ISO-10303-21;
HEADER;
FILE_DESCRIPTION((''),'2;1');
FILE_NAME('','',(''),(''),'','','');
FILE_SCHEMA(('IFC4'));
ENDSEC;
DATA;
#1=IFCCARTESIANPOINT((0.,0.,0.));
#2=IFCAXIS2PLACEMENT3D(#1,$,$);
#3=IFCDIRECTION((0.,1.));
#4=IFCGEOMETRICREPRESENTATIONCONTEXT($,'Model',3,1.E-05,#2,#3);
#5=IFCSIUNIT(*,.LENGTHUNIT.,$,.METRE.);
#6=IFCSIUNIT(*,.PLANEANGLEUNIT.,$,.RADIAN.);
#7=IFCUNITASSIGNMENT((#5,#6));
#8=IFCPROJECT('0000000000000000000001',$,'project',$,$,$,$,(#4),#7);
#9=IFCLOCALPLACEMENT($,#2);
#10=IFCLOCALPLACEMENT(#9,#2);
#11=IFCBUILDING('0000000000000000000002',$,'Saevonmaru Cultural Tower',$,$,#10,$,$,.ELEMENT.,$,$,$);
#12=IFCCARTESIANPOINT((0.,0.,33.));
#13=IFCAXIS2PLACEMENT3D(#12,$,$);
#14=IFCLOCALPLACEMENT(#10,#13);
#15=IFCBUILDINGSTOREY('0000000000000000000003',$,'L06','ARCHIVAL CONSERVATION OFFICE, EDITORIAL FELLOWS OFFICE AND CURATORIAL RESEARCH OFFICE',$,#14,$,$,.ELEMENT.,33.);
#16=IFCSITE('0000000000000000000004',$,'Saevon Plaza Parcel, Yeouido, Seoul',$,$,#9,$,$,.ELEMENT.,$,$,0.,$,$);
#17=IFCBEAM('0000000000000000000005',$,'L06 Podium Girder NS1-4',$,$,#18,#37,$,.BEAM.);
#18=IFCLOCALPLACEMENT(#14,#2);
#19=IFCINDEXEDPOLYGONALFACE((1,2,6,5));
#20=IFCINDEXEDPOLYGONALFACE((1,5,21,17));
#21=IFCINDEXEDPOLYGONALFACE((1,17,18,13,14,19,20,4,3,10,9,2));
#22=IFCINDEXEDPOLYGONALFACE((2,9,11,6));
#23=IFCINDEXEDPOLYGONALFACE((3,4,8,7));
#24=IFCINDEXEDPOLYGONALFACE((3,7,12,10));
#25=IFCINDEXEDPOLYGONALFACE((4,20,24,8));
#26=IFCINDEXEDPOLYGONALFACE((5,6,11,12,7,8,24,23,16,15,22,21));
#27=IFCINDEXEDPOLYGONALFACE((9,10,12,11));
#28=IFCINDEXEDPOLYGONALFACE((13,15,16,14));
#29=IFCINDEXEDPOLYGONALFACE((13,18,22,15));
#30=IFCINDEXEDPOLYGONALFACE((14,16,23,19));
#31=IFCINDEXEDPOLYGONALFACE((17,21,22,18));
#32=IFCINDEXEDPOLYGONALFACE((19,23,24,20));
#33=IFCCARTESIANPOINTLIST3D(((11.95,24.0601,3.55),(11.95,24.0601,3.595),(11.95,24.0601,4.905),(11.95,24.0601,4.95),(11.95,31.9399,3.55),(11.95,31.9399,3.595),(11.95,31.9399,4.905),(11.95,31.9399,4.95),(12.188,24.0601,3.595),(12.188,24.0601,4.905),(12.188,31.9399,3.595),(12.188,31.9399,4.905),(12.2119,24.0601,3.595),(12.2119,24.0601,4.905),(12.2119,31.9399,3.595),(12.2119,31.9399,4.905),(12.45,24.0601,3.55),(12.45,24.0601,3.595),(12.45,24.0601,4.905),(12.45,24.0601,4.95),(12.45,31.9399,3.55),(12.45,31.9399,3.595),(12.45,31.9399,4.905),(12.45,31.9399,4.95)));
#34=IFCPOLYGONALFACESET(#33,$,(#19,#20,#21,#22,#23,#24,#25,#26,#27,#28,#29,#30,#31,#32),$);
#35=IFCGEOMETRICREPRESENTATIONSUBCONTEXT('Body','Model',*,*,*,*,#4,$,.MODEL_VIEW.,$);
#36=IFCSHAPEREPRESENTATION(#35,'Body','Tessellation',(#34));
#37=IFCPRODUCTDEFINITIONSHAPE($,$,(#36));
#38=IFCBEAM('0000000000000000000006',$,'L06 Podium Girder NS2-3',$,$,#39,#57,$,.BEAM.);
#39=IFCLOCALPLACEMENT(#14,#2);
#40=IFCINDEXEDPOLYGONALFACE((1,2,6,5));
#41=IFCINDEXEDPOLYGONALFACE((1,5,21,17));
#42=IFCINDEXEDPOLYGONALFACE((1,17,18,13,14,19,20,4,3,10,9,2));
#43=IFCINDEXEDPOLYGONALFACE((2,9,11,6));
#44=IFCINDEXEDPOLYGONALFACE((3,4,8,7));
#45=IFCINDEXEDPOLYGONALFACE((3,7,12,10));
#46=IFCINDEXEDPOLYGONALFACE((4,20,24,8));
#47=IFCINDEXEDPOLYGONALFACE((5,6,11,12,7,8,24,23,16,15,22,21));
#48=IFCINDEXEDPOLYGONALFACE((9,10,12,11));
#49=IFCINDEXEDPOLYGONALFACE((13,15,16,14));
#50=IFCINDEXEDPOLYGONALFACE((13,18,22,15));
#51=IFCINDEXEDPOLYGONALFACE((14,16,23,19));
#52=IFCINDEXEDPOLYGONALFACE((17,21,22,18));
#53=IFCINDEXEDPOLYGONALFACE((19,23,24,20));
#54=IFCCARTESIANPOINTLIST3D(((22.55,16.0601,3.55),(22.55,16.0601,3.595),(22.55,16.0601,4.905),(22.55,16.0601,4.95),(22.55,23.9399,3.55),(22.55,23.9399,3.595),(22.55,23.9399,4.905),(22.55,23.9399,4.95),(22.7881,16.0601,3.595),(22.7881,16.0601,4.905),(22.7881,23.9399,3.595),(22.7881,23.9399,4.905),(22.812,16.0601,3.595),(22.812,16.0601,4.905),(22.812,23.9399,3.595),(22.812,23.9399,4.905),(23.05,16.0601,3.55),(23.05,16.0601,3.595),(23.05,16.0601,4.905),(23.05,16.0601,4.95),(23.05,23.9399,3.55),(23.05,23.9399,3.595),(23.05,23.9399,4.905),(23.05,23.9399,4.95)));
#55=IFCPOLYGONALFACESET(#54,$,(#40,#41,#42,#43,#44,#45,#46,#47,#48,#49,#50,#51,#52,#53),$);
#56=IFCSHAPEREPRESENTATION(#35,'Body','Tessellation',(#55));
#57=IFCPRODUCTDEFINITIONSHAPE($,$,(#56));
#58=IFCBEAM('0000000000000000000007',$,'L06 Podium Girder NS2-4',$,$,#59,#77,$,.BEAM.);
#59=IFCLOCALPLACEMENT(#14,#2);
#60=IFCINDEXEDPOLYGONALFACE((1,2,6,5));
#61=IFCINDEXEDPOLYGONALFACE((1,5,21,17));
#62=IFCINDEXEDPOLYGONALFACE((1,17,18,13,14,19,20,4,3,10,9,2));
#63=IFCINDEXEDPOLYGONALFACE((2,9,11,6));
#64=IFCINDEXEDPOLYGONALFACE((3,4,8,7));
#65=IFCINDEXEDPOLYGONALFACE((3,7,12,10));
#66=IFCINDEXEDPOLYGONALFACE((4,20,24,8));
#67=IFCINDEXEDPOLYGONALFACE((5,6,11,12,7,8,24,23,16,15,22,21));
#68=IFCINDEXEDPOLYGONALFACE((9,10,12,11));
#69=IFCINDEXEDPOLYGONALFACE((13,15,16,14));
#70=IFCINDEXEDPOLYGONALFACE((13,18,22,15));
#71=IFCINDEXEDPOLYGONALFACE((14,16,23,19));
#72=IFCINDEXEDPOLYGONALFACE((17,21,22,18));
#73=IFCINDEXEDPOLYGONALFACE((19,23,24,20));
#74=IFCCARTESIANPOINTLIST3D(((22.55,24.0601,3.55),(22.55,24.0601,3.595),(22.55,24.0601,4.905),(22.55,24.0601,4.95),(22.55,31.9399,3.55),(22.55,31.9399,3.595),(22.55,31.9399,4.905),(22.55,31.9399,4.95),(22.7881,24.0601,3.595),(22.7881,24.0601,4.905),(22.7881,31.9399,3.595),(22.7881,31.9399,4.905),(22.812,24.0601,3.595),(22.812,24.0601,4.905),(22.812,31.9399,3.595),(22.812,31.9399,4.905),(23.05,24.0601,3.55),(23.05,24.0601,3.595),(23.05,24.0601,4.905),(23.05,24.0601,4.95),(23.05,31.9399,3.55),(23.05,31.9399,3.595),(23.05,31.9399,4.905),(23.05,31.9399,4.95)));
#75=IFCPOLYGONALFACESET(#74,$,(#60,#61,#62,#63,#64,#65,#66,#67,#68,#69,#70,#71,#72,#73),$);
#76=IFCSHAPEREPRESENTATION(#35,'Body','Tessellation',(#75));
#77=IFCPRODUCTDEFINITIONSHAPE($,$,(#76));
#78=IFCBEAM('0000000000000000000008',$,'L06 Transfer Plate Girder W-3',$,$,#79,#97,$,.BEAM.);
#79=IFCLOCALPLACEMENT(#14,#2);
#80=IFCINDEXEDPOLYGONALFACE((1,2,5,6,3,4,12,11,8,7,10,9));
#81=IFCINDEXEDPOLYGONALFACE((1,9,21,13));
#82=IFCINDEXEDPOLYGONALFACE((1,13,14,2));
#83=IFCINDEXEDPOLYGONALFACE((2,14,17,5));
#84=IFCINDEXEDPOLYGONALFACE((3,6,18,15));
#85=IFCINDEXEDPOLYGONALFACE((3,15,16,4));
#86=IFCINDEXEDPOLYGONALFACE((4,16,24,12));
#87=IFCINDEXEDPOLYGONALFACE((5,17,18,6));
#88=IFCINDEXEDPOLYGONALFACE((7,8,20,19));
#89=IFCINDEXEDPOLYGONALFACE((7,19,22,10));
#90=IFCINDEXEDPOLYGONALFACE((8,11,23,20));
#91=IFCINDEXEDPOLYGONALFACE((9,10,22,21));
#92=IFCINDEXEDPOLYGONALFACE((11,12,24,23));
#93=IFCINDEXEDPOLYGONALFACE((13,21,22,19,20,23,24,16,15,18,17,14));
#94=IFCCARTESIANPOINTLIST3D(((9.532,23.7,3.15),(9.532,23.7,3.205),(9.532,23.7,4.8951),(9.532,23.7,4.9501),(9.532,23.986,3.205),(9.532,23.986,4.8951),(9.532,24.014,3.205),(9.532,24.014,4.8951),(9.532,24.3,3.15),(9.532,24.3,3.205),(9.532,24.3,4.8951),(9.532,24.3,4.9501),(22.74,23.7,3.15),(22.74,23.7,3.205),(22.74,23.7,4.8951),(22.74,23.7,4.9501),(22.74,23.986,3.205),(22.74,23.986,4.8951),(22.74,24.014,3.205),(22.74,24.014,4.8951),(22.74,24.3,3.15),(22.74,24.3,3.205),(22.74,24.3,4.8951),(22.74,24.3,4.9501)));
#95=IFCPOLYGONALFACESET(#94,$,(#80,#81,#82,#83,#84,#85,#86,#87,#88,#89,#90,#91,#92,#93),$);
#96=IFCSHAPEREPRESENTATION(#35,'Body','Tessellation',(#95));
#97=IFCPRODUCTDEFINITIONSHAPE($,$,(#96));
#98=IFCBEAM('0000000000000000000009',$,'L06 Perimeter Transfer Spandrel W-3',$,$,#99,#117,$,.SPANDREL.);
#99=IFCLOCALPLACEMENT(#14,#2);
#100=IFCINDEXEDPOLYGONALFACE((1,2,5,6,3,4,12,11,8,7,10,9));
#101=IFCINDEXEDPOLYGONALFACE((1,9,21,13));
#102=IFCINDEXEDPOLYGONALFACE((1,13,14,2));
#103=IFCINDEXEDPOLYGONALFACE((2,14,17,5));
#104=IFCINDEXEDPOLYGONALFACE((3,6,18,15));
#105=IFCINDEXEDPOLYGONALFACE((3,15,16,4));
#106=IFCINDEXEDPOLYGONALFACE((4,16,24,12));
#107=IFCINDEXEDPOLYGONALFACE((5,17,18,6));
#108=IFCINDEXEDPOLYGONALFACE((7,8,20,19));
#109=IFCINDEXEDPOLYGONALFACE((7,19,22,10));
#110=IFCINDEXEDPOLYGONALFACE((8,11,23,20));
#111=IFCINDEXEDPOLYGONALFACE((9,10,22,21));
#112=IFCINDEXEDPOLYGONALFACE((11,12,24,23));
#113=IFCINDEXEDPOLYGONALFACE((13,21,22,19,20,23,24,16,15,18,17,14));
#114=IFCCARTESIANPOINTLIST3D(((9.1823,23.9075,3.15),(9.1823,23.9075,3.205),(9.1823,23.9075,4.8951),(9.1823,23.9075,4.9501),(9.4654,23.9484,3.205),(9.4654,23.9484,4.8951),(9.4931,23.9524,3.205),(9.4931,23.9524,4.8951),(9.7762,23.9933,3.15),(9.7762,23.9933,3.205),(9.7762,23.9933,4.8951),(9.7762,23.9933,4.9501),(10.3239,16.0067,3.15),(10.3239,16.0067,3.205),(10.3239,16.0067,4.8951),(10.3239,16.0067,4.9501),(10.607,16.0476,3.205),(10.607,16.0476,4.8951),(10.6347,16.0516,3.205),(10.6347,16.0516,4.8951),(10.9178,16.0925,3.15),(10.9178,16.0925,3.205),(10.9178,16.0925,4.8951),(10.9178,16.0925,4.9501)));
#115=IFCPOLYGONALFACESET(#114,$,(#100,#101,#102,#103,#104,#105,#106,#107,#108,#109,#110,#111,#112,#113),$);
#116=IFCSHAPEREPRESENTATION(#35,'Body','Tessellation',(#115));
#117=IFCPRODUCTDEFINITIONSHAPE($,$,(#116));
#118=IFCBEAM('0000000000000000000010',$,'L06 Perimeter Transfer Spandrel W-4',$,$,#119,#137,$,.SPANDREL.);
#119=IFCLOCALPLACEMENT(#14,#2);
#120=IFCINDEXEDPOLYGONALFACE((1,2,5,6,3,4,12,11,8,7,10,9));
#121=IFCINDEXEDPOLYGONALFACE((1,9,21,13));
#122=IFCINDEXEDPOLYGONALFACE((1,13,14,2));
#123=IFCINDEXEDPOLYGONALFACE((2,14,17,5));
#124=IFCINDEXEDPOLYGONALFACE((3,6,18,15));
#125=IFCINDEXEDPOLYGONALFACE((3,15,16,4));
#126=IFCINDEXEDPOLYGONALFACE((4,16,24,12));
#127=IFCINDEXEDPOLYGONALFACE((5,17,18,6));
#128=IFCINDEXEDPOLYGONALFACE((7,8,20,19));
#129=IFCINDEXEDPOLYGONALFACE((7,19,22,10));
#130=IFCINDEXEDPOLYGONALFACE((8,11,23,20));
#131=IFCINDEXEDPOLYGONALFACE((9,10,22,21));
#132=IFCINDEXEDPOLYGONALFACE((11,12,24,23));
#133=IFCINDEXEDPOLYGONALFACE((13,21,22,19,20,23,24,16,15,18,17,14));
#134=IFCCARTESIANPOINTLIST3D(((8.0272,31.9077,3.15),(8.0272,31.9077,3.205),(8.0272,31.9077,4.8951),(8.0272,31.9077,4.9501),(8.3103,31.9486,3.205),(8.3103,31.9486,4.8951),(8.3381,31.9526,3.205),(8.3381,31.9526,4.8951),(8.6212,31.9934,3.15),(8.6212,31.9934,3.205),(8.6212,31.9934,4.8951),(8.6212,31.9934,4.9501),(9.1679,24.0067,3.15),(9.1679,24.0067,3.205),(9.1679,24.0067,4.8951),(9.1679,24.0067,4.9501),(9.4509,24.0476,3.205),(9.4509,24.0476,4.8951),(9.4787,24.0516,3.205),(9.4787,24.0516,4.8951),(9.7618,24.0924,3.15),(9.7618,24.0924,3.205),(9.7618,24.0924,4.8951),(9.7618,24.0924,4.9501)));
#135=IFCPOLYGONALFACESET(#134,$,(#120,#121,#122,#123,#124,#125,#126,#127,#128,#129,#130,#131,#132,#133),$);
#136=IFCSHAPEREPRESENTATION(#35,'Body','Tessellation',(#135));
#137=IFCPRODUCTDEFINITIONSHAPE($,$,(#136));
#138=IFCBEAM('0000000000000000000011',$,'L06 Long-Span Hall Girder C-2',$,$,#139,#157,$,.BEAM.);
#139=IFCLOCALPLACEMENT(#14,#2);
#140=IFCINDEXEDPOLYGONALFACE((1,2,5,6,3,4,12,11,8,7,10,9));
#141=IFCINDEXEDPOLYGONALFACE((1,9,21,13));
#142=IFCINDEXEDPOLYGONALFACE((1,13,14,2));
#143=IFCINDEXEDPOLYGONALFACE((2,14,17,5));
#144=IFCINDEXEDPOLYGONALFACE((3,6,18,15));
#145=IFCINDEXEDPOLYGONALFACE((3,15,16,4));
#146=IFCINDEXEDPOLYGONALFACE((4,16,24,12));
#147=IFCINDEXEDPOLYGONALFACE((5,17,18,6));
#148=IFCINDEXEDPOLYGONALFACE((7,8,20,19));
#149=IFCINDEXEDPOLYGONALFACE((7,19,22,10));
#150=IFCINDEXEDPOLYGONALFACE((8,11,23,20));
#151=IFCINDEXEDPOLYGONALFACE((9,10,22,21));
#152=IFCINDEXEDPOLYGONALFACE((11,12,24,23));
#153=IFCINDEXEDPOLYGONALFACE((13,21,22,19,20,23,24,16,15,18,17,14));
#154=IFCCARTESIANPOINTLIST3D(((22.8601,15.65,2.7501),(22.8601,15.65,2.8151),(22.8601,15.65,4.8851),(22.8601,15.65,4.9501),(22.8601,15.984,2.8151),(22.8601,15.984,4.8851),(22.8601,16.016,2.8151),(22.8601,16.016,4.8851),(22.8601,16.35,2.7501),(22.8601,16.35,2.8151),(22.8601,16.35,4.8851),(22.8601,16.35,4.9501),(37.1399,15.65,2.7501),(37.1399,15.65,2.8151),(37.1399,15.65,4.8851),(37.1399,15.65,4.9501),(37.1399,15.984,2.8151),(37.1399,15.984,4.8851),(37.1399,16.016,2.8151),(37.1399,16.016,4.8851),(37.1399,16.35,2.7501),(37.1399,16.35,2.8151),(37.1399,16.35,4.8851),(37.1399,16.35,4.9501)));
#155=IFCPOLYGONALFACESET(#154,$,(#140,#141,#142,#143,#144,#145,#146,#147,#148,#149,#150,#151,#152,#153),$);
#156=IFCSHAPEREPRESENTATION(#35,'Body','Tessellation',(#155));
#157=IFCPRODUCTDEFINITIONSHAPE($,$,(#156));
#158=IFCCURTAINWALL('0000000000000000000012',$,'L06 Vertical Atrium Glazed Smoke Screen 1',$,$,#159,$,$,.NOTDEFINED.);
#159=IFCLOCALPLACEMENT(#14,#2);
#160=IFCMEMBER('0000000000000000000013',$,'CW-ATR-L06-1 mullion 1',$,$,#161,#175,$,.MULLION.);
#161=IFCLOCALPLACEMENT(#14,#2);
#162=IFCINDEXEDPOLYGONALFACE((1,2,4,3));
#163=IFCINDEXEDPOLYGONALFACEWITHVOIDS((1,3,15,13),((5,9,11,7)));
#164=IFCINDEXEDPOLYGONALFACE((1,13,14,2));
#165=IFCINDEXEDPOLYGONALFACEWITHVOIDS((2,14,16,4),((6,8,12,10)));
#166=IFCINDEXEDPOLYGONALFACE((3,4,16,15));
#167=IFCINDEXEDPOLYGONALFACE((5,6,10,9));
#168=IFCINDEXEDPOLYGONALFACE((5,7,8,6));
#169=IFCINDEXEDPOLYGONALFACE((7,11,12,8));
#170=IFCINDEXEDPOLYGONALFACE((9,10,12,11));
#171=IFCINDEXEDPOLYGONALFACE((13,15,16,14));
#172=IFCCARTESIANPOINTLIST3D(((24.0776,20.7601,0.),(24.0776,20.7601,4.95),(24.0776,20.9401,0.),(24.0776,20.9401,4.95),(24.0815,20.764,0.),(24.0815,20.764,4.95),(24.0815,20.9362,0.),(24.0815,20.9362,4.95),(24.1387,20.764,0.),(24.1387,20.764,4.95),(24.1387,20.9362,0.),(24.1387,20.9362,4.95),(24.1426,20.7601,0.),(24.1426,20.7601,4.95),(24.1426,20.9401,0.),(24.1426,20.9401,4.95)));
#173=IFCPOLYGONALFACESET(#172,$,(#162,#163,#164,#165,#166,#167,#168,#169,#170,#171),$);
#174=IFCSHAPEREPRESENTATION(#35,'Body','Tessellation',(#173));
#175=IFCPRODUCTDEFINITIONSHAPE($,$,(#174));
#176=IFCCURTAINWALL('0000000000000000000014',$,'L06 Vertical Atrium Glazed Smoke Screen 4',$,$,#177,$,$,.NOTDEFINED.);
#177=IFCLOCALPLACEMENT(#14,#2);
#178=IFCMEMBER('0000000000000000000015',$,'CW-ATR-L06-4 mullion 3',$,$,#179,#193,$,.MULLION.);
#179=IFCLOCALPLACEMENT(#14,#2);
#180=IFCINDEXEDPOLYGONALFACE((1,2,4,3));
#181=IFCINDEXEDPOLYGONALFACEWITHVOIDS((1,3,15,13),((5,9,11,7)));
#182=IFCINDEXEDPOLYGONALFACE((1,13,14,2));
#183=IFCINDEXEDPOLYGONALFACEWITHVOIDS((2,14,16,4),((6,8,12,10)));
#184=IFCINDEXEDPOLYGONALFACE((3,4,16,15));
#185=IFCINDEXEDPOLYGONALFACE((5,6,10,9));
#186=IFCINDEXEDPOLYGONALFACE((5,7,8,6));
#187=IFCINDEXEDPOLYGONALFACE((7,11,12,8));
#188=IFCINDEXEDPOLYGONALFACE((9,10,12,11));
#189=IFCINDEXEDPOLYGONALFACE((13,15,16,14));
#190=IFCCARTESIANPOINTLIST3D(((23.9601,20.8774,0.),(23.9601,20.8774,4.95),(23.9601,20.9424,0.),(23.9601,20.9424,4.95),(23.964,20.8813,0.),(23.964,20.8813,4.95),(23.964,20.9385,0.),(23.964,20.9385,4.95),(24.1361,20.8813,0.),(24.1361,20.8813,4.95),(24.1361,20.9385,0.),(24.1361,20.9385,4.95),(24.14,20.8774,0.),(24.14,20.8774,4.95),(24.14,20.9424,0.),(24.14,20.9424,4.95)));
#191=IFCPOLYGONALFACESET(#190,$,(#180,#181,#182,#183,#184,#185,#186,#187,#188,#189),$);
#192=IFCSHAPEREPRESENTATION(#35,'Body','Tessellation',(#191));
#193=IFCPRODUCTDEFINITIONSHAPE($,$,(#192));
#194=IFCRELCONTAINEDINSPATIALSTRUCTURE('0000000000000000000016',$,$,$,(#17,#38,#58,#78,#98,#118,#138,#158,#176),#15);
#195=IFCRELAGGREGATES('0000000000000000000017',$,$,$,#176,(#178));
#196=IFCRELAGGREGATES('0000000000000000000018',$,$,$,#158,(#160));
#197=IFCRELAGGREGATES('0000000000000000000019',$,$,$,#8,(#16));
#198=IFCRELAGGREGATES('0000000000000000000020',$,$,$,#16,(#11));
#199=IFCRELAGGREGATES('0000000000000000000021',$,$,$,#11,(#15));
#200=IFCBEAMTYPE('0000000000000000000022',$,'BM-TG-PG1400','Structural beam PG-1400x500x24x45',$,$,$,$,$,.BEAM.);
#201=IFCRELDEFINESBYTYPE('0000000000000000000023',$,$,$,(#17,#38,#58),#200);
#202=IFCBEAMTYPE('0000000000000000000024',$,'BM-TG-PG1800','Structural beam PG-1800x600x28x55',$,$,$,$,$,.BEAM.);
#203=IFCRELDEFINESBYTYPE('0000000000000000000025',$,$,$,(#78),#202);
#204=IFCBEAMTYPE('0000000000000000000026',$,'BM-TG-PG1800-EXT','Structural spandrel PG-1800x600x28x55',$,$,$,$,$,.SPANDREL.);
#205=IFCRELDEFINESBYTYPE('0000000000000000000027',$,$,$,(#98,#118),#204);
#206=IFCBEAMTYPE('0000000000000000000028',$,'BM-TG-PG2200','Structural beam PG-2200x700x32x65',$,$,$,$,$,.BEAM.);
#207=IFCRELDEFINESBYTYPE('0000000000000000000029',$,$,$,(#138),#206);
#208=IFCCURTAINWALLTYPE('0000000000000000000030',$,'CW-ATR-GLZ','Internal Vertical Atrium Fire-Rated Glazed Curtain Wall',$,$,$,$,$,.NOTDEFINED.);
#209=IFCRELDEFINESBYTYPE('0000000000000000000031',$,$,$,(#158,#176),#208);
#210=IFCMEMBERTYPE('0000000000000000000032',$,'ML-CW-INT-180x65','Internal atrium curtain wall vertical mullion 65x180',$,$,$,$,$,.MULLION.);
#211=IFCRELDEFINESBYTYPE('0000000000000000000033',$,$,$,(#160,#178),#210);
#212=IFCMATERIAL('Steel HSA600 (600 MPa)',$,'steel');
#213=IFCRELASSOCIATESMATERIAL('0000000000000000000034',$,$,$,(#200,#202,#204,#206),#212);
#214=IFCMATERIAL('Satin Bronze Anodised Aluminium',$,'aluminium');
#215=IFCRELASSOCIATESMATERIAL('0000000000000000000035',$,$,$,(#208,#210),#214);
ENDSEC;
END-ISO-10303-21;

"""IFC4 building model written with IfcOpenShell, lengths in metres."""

from ifc_helpers import new_model, si_unit, direction, frame, origin, origin_2d, place, context, subcontext, project, spatial, hollow_rectangle, i_section, extrude, material, material_profile, profile_set, type_object, element, aggregate, save


model = new_model("IFC4")

# Units and contexts
model_context = context("Model", 3, precision=1e-05, world=origin(), true_north=direction((0.0, 1.0)))
body_context = subcontext(model_context, "Body", "Model", "MODEL_VIEW")
ifc_project = project(units=[si_unit("LENGTHUNIT", "METRE"), si_unit("PLANEANGLEUNIT", "RADIAN")], contexts=[model_context])

# Site, building, storey
site_placement = place(None, origin())
site = spatial("IfcSite", under=ifc_project, at=site_placement, Name="Saevon Plaza Parcel, Yeouido, Seoul", CompositionType="ELEMENT", RefElevation=0.0)
building_placement = place(site_placement, origin())
building = spatial("IfcBuilding", under=site, at=building_placement, Name="Saevonmaru Cultural Tower", CompositionType="ELEMENT")
storey_placement = place(building_placement, frame((0.0, 0.0, 33.0)))
storey = spatial("IfcBuildingStorey", under=building, at=storey_placement, Name="L06", Description="ARCHIVAL CONSERVATION OFFICE, EDITORIAL FELLOWS OFFICE AND CURATORIAL RESEARCH OFFICE", CompositionType="ELEMENT", Elevation=33.0)

# Shared definitions
ifc_material_1 = material(Name="Steel HSA600 (600 MPa)", Category="steel")

# Beams
ifc_material_profile_1 = material_profile(ifc_material_1, i_section(OverallWidth=0.5, OverallDepth=1.3999, WebThickness=0.0239, FlangeThickness=0.0449, at=origin_2d()), Name="PG-1400x500x24x45")
ifc_profile_set_1 = profile_set([ifc_material_profile_1], Name="Steel HSA600 (600 MPa)")
beam_type_1 = type_object("IfcBeamType", Name="BM-TG-PG1400", Description="Structural beam PG-1400x500x24x45", PredefinedType="BEAM", material=ifc_profile_set_1)
for number, where, z_axis, x_axis, name in (
    (1, (12.2, 24.0601, 4.25), (0.0, 1.0, 0.0), (-1.0, 0.0, 0.0), "L06 Podium Girder NS1-4"),
    (2, (22.8, 16.0601, 4.25), (0.0, 1.0, 0.0), (-1.0, 0.0, 0.0), "L06 Podium Girder NS2-3"),
    (3, (22.8, 24.0601, 4.25), (0.0, 1.0, 0.0), (-1.0, 0.0, 0.0), "L06 Podium Girder NS2-4"),
):
    element("IfcBeam", number, at=place(storey_placement, frame(where, z_axis=z_axis, x_axis=x_axis)), inside=storey, type_object=beam_type_1, Name=name, PredefinedType="BEAM", context=body_context, shape_type="SweptSolid", body=[
        extrude(i_section(OverallWidth=0.5, OverallDepth=1.3999, WebThickness=0.0239, FlangeThickness=0.0449, at=origin_2d()), origin(), (0.0, 0.0, 1.0), 7.8799),
    ])
ifc_material_profile_2 = material_profile(ifc_material_1, i_section(OverallWidth=0.6001, OverallDepth=1.8, WebThickness=0.0281, FlangeThickness=0.0549, at=origin_2d()), Name="PG-1800x600x28x55")
ifc_profile_set_2 = profile_set([ifc_material_profile_2], Name="Steel HSA600 (600 MPa)")
beam_type_2 = type_object("IfcBeamType", Name="BM-TG-PG1800", Description="Structural beam PG-1800x600x28x55", PredefinedType="BEAM", material=ifc_profile_set_2)
beam_1_placement = place(storey_placement, frame((9.532, 24.0, 4.05), z_axis=(1.0, 0.0, 0.0), x_axis=(0.0, 1.0, 0.0)))
element("IfcBeam", 4, at=beam_1_placement, inside=storey, type_object=beam_type_2, Name="L06 Transfer Plate Girder W-3", PredefinedType="BEAM", context=body_context, shape_type="SweptSolid", body=[
    extrude(i_section(OverallWidth=0.6001, OverallDepth=1.8, WebThickness=0.0281, FlangeThickness=0.0549, at=origin_2d()), origin(), (0.0, 0.0, 1.0), 13.208),
])
ifc_material_profile_3 = material_profile(ifc_material_1, i_section(OverallWidth=0.6001, OverallDepth=1.8, WebThickness=0.0281, FlangeThickness=0.0549, at=origin_2d()), Name="PG-1800x600x28x55")
ifc_profile_set_3 = profile_set([ifc_material_profile_3], Name="Steel HSA600 (600 MPa)")
beam_type_3 = type_object("IfcBeamType", Name="BM-TG-PG1800-EXT", Description="Structural spandrel PG-1800x600x28x55", PredefinedType="SPANDREL", material=ifc_profile_set_3)
for number, where, z_axis, x_axis, name in (
    (5, (10.6208, 16.0496, 4.05), (-0.143005, 0.989722, 0.0), (-0.989722, -0.143005, 0.0), "L06 Perimeter Transfer Spandrel W-3"),
    (6, (9.4648, 24.0496, 4.05), (-0.142886, 0.989739, 0.0), (-0.989739, -0.142886, 0.0), "L06 Perimeter Transfer Spandrel W-4"),
):
    element("IfcBeam", number, at=place(storey_placement, frame(where, z_axis=z_axis, x_axis=x_axis)), inside=storey, type_object=beam_type_3, Name=name, PredefinedType="SPANDREL", context=body_context, shape_type="SweptSolid", body=[
        extrude(i_section(OverallWidth=0.6001, OverallDepth=1.8, WebThickness=0.0281, FlangeThickness=0.0549, at=origin_2d()), origin(), (0.0, 0.0, 1.0), 7.9829),
    ])
ifc_material_profile_4 = material_profile(ifc_material_1, i_section(OverallWidth=0.7, OverallDepth=2.2, WebThickness=0.032, FlangeThickness=0.0649, at=origin_2d()), Name="PG-2200x700x32x65")
ifc_profile_set_4 = profile_set([ifc_material_profile_4], Name="Steel HSA600 (600 MPa)")
beam_type_4 = type_object("IfcBeamType", Name="BM-TG-PG2200", Description="Structural beam PG-2200x700x32x65", PredefinedType="BEAM", material=ifc_profile_set_4)
beam_2_placement = place(storey_placement, frame((22.8601, 16.0, 3.8501), z_axis=(1.0, 0.0, 0.0), x_axis=(0.0, 1.0, 0.0)))
element("IfcBeam", 7, at=beam_2_placement, inside=storey, type_object=beam_type_4, Name="L06 Long-Span Hall Girder C-2", PredefinedType="BEAM", context=body_context, shape_type="SweptSolid", body=[
    extrude(i_section(OverallWidth=0.7, OverallDepth=2.2, WebThickness=0.032, FlangeThickness=0.0649, at=origin_2d()), origin(), (0.0, 0.0, 1.0), 14.2798),
])

# Curtain walls, members
ifc_material_2 = material(Name="Satin Bronze Anodised Aluminium", Category="aluminium")
curtain_wall_type_1 = type_object("IfcCurtainWallType", Name="CW-ATR-GLZ", Description="Internal Vertical Atrium Fire-Rated Glazed Curtain Wall", PredefinedType="NOTDEFINED", material=ifc_material_2)
curtain_wall_1_placement = place(storey_placement, origin())
curtain_wall_1 = element("IfcCurtainWall", 8, at=curtain_wall_1_placement, inside=storey, type_object=curtain_wall_type_1, Name="L06 Vertical Atrium Glazed Smoke Screen 1", PredefinedType="NOTDEFINED")
ifc_material_profile_5 = material_profile(ifc_material_2, hollow_rectangle(XDim=0.0649, YDim=0.1799, WallThickness=0.0039, at=origin_2d()), Name="ALU-MULL-180x65x4")
ifc_profile_set_5 = profile_set([ifc_material_profile_5], Name="Satin Bronze Anodised Aluminium")
member_type_1 = type_object("IfcMemberType", Name="ML-CW-INT-180x65", Description="Internal atrium curtain wall vertical mullion 65x180", PredefinedType="MULLION", material=ifc_profile_set_5)
member_1_placement = place(storey_placement, frame((24.1101, 20.8501, 0.0), z_axis=(0.0, 0.0, 1.0), x_axis=(1.0, 0.0, 0.0)))
member_1 = element("IfcMember", 9, at=member_1_placement, type_object=member_type_1, Name="CW-ATR-L06-1 mullion 1", PredefinedType="MULLION", context=body_context, shape_type="SweptSolid", body=[
    extrude(hollow_rectangle(XDim=0.0649, YDim=0.1799, WallThickness=0.0039, at=origin_2d()), origin(), (0.0, 0.0, 1.0), 4.95),
])
curtain_wall_2_placement = place(storey_placement, origin())
curtain_wall_2 = element("IfcCurtainWall", 10, at=curtain_wall_2_placement, inside=storey, type_object=curtain_wall_type_1, Name="L06 Vertical Atrium Glazed Smoke Screen 4", PredefinedType="NOTDEFINED")
member_2_placement = place(storey_placement, frame((24.05, 20.9099, 0.0), z_axis=(0.0, 0.0, 1.0), x_axis=(0.0, -1.0, 0.0)))
member_2 = element("IfcMember", 11, at=member_2_placement, type_object=member_type_1, Name="CW-ATR-L06-4 mullion 3", PredefinedType="MULLION", context=body_context, shape_type="SweptSolid", body=[
    extrude(hollow_rectangle(XDim=0.0649, YDim=0.1799, WallThickness=0.0039, at=origin_2d()), origin(), (0.0, 0.0, 1.0), 4.95),
])
aggregate(curtain_wall_2, [member_2])

aggregate(curtain_wall_1, [member_1])

save(model, "model.ifc")
